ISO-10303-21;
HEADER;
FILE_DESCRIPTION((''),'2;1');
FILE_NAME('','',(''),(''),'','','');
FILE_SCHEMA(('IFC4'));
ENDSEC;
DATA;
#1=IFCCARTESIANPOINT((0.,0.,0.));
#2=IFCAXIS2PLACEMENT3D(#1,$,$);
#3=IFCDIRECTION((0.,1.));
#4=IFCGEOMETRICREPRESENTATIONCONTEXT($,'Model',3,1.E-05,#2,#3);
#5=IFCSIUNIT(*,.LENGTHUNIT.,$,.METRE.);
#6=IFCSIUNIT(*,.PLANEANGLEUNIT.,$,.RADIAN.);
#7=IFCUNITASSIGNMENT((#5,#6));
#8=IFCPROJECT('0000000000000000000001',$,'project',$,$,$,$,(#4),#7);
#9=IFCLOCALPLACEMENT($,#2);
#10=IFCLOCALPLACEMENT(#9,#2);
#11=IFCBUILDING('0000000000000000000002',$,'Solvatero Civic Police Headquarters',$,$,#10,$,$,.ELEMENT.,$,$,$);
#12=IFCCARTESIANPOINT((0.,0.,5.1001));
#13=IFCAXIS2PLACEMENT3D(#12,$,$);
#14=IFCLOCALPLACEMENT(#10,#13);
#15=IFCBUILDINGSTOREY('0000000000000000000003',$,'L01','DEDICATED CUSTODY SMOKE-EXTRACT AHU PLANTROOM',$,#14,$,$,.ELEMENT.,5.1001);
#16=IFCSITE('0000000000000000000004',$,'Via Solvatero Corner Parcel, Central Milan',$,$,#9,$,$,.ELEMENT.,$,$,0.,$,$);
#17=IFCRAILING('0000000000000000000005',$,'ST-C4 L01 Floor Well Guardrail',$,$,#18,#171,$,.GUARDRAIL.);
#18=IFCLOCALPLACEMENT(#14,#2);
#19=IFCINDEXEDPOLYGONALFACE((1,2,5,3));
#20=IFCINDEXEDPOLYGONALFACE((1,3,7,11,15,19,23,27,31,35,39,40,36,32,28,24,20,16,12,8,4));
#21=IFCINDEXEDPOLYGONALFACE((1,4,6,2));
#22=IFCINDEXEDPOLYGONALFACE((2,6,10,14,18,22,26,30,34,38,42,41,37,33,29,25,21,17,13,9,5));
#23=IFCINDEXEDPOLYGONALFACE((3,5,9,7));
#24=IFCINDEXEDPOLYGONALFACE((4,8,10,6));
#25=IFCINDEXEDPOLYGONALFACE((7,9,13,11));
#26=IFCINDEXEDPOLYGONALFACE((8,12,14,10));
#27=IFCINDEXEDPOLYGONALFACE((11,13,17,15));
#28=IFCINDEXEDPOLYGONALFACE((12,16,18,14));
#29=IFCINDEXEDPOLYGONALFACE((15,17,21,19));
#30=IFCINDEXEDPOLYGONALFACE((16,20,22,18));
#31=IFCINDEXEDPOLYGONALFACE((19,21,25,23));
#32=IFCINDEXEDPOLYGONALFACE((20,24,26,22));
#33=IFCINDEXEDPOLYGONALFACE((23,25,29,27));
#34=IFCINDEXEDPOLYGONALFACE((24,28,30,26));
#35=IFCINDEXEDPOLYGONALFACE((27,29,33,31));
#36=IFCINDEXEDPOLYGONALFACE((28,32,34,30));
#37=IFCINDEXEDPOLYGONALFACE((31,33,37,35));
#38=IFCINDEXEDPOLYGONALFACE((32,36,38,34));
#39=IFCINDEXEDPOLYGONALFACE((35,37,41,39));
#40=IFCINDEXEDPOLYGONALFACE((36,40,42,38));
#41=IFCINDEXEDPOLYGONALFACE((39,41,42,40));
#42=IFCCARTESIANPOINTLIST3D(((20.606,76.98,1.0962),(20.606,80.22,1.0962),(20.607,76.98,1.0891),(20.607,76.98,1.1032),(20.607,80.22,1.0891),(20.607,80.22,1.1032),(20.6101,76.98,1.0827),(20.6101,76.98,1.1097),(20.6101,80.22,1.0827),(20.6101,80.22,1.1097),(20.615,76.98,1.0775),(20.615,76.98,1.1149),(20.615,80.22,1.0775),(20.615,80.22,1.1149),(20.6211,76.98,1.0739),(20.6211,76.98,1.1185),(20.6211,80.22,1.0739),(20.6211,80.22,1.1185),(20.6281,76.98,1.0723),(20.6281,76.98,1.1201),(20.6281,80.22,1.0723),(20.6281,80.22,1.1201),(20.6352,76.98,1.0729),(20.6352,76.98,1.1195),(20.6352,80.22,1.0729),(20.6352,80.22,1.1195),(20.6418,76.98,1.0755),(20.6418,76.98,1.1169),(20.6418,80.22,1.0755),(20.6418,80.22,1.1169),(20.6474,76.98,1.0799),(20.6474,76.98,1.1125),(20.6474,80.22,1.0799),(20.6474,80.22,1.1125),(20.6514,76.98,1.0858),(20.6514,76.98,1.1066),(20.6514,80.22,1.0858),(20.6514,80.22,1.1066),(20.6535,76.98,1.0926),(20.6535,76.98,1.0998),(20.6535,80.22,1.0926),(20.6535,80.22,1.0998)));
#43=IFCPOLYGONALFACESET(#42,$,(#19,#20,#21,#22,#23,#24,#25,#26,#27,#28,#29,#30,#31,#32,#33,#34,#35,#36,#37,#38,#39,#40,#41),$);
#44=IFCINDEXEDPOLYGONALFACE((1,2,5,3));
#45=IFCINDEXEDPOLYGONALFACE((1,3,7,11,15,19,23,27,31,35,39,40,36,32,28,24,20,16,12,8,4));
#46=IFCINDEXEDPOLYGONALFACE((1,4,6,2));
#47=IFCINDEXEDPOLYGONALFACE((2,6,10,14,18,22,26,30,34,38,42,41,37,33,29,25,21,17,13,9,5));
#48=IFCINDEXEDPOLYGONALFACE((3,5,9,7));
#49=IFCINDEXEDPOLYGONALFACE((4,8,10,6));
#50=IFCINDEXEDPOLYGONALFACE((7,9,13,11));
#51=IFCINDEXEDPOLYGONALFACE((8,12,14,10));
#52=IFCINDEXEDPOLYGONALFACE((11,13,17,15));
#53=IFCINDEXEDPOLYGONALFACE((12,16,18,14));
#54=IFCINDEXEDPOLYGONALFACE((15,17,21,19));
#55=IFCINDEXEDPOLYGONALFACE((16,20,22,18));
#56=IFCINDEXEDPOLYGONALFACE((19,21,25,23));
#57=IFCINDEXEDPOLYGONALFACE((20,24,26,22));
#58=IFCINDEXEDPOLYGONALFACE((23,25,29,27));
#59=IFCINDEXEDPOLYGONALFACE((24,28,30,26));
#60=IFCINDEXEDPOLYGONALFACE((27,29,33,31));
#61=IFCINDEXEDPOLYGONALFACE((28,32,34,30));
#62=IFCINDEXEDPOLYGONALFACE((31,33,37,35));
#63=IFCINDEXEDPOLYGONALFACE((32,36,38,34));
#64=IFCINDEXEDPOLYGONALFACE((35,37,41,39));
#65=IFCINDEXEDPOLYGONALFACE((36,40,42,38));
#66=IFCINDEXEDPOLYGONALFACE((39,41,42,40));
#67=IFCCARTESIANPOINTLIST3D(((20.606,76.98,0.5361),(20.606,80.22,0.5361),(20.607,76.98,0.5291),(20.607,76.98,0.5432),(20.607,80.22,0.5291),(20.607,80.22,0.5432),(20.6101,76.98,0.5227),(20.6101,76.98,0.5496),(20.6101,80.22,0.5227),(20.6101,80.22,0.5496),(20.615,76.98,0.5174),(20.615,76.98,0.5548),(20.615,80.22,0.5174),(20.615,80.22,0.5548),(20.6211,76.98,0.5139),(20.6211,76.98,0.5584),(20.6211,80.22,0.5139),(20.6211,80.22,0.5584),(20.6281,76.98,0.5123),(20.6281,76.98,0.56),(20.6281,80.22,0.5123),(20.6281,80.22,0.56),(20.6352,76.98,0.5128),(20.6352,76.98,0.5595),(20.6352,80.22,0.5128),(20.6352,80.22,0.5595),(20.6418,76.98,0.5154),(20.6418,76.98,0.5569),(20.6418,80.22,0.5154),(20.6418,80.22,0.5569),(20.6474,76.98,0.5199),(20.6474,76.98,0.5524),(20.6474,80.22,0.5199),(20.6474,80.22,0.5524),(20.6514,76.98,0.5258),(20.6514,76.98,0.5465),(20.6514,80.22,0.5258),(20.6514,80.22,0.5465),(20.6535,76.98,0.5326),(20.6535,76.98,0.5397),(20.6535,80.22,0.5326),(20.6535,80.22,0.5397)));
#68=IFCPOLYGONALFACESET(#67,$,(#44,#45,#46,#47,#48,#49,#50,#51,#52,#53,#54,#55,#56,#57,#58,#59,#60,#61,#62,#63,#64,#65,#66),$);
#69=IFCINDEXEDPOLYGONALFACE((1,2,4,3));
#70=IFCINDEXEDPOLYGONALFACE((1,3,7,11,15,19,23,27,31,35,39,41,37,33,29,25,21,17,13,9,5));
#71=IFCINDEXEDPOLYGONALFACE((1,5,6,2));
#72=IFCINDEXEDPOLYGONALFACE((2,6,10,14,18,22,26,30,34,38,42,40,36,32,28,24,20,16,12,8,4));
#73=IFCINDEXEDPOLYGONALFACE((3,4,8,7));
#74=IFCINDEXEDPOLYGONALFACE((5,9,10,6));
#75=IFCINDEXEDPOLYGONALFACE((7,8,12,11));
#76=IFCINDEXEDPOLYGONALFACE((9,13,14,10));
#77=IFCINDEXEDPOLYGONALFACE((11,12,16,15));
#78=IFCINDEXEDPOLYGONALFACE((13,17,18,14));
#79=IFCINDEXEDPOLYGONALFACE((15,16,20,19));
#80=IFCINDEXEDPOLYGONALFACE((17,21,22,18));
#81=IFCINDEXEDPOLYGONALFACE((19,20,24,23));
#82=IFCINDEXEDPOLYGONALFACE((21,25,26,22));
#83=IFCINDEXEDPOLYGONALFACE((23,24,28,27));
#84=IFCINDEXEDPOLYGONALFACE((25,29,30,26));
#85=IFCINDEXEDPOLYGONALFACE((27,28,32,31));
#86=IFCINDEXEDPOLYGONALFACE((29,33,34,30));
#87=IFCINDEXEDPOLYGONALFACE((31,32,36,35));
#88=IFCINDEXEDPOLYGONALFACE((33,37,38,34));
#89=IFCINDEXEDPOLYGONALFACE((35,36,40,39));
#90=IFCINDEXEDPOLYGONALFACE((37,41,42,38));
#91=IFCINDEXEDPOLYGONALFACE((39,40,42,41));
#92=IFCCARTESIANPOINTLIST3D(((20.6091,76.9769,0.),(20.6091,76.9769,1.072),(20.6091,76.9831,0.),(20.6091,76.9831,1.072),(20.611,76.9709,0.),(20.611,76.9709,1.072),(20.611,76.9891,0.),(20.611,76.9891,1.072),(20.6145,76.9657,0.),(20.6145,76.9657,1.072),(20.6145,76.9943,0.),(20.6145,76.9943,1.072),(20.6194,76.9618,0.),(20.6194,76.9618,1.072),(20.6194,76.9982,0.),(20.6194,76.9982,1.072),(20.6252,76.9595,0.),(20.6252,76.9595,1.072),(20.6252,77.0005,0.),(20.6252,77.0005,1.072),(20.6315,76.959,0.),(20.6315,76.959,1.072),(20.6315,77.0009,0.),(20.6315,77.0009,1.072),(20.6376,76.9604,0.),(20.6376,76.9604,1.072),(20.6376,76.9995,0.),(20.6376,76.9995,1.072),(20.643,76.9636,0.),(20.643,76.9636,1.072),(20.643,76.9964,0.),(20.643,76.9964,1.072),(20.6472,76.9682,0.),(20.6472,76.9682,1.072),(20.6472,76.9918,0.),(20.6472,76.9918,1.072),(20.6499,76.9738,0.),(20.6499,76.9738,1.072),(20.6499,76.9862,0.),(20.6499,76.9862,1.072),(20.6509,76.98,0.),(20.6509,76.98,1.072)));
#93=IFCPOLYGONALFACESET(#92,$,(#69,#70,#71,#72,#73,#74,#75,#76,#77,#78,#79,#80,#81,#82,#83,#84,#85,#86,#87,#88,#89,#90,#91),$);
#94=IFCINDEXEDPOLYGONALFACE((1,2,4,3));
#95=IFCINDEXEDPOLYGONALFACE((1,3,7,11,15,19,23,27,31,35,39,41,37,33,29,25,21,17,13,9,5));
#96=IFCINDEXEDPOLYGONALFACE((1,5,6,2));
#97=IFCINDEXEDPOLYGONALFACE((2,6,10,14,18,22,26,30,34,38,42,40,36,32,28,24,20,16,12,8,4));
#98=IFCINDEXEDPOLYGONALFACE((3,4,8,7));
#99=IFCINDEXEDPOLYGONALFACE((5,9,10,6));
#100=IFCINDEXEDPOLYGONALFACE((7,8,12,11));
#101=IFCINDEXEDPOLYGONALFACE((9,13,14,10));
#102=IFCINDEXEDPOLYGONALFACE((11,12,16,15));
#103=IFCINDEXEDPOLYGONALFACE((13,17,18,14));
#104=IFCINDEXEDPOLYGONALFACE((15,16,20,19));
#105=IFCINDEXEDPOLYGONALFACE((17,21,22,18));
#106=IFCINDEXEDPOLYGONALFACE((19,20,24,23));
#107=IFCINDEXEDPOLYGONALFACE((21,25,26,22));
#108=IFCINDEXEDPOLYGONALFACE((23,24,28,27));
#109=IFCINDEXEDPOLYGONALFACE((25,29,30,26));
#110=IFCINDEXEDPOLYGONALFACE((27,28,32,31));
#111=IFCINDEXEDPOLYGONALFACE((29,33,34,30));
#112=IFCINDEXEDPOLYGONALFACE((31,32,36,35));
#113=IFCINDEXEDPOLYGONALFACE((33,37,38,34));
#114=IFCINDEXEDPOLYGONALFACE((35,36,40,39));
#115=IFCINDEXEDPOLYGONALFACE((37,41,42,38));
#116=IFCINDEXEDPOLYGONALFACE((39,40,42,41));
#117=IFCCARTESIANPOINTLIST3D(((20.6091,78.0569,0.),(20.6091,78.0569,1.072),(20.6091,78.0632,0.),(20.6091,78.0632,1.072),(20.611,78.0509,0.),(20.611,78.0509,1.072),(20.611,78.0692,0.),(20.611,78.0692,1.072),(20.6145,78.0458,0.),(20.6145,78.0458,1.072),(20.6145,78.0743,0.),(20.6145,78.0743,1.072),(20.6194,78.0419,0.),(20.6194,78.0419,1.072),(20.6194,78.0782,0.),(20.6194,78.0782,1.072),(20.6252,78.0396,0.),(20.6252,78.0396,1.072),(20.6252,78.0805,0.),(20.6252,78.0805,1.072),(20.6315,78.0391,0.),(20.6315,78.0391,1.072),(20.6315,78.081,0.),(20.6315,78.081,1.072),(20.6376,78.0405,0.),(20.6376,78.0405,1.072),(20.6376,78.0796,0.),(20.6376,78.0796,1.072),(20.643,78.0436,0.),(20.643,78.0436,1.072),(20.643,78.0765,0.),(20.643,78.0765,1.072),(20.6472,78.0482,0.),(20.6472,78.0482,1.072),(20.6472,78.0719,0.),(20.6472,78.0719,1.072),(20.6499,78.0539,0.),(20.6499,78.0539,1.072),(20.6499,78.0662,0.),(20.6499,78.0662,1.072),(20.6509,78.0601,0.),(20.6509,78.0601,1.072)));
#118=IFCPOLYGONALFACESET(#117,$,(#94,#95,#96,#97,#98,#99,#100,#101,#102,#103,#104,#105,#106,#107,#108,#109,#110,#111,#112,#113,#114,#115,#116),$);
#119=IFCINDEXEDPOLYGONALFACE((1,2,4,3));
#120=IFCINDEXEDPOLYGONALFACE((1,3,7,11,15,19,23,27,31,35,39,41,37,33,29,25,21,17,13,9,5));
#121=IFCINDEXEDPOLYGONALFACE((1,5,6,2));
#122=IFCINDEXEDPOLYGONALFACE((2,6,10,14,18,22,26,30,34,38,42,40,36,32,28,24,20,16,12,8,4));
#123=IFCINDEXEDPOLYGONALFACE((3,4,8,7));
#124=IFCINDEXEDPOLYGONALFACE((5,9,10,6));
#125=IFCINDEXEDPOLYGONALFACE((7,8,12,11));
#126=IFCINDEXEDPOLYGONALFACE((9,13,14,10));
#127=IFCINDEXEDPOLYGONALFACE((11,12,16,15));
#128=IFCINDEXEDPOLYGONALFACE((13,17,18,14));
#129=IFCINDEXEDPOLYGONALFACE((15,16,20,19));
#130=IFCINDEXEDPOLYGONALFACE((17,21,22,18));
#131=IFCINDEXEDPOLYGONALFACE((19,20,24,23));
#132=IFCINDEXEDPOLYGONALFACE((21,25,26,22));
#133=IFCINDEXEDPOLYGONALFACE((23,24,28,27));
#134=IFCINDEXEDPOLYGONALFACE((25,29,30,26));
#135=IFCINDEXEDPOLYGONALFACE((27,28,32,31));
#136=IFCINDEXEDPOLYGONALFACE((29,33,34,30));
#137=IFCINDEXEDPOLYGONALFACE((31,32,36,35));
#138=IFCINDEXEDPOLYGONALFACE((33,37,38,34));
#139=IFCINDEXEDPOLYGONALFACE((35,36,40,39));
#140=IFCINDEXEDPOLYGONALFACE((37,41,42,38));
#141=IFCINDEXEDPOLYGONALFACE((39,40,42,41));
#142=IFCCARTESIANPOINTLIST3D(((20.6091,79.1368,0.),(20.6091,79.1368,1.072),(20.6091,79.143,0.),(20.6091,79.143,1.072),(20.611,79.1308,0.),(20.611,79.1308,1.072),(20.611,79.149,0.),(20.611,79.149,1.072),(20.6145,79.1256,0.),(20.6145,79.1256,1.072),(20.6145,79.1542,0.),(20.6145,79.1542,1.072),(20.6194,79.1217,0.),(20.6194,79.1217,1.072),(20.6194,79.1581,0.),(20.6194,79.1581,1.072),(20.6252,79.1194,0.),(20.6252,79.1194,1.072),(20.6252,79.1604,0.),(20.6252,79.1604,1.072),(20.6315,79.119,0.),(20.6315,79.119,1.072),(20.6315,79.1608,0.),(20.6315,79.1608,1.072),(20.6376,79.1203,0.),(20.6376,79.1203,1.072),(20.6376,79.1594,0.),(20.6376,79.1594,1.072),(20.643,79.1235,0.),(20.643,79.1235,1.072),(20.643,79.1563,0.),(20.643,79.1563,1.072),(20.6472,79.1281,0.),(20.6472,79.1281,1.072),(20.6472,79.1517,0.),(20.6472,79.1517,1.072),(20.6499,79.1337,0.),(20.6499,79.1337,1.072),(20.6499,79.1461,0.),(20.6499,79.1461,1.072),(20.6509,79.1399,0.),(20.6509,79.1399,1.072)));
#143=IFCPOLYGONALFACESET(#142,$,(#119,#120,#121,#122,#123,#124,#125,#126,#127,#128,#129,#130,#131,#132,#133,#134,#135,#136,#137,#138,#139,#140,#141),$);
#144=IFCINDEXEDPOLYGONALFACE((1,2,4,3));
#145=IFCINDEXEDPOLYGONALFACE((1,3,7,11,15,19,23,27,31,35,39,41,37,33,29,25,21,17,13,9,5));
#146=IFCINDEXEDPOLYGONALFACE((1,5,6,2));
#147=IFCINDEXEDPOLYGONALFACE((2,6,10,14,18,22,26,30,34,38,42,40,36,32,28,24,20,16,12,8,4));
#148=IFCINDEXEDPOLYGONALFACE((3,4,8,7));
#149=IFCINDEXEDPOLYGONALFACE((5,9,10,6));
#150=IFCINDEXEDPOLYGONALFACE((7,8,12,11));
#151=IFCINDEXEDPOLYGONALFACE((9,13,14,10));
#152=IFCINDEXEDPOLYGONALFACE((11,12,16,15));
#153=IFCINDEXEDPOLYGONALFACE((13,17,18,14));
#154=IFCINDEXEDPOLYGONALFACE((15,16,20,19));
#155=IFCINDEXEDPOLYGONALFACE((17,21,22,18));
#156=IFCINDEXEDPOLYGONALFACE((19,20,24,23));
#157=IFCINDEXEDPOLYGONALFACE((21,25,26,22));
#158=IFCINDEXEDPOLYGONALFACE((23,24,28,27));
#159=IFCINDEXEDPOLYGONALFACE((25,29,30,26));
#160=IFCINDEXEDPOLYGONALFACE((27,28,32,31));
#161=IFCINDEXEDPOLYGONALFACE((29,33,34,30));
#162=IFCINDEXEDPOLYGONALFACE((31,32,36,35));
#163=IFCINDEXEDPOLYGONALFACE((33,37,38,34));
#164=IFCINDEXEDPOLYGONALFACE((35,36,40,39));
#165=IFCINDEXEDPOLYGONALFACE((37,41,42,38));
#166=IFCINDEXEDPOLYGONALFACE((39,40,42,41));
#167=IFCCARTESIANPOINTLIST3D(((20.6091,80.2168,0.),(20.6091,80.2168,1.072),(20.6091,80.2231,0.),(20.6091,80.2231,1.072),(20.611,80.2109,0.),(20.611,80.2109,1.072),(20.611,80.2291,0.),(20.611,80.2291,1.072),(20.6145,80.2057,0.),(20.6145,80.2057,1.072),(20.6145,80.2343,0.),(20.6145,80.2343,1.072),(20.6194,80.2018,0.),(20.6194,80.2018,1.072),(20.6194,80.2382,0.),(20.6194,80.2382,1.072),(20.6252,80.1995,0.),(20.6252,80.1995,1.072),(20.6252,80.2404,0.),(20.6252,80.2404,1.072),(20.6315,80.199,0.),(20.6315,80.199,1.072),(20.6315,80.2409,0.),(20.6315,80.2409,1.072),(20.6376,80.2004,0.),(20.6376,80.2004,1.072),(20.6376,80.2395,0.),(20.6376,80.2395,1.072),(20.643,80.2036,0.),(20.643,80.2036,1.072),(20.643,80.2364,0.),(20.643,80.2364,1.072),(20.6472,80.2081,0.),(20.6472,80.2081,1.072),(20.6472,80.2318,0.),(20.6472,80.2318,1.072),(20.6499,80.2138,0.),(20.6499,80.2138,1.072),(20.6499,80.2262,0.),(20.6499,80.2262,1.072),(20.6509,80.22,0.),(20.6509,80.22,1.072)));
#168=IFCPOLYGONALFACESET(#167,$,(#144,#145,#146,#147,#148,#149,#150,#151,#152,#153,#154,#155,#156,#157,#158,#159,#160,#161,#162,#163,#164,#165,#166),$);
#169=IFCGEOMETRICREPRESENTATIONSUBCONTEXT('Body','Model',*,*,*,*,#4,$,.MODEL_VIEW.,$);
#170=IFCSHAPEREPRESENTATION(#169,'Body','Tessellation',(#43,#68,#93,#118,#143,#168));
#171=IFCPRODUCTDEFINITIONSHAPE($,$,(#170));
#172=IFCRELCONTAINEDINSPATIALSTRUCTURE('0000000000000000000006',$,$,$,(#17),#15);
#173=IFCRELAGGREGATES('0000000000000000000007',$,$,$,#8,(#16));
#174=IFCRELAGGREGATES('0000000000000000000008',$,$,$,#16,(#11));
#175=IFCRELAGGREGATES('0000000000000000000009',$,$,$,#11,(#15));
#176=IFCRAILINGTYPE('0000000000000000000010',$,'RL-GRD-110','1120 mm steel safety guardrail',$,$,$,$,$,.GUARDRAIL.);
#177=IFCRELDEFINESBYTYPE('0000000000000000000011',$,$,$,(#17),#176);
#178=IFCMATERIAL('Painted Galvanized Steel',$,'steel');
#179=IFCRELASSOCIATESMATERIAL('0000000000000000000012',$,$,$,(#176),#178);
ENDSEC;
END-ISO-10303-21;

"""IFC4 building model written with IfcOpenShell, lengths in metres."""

from ifc_helpers import new_model, si_unit, direction, frame, origin, origin_2d, place, context, subcontext, project, spatial, circle, extrude, material, type_object, element, save


model = new_model("IFC4")

# Units and contexts
model_context = context("Model", 3, precision=1e-05, world=origin(), true_north=direction((0.0, 1.0)))
body_context = subcontext(model_context, "Body", "Model", "MODEL_VIEW")
ifc_project = project(units=[si_unit("LENGTHUNIT", "METRE"), si_unit("PLANEANGLEUNIT", "RADIAN")], contexts=[model_context])

# Site, building, storey
site_placement = place(None, origin())
site = spatial("IfcSite", under=ifc_project, at=site_placement, Name="Via Solvatero Corner Parcel, Central Milan", CompositionType="ELEMENT", RefElevation=0.0)
building_placement = place(site_placement, origin())
building = spatial("IfcBuilding", under=site, at=building_placement, Name="Solvatero Civic Police Headquarters", CompositionType="ELEMENT")
storey_placement = place(building_placement, frame((0.0, 0.0, 5.1001)))
storey = spatial("IfcBuildingStorey", under=building, at=storey_placement, Name="L01", Description="DEDICATED CUSTODY SMOKE-EXTRACT AHU PLANTROOM", CompositionType="ELEMENT", Elevation=5.1001)

# Railing
ifc_material_1 = material(Name="Painted Galvanized Steel", Category="steel")
railing_type_1 = type_object("IfcRailingType", Name="RL-GRD-110", Description="1120 mm steel safety guardrail", PredefinedType="GUARDRAIL", material=ifc_material_1)
railing_1_placement = place(storey_placement, frame((20.6299, 76.98, 0.0)))
element("IfcRailing", 1, at=railing_1_placement, inside=storey, type_object=railing_type_1, Name="ST-C4 L01 Floor Well Guardrail", PredefinedType="GUARDRAIL", context=body_context, shape_type="SweptSolid", body=[
    extrude(circle(Radius=0.0239, at=origin_2d()), frame((0.0, 0.0, 1.0962), z_axis=(0.0, 1.0, 0.0), x_axis=(-1.0, 0.0, 0.0)), (0.0, 0.0, 1.0), 3.24),
    extrude(circle(Radius=0.0239, at=origin_2d()), frame((0.0, 0.0, 0.5361), z_axis=(0.0, 1.0, 0.0), x_axis=(-1.0, 0.0, 0.0)), (0.0, 0.0, 1.0), 3.24),
    extrude(circle(Radius=0.021, at=origin_2d()), origin(), (0.0, 0.0, 1.0), 1.072),
    extrude(circle(Radius=0.021, at=origin_2d()), frame((0.0, 1.0801, 0.0)), (0.0, 0.0, 1.0), 1.072),
    extrude(circle(Radius=0.021, at=origin_2d()), frame((0.0, 2.1599, 0.0)), (0.0, 0.0, 1.0), 1.072),
    extrude(circle(Radius=0.021, at=origin_2d()), frame((0.0, 3.24, 0.0)), (0.0, 0.0, 1.0), 1.072),
])

save(model, "model.ifc")
